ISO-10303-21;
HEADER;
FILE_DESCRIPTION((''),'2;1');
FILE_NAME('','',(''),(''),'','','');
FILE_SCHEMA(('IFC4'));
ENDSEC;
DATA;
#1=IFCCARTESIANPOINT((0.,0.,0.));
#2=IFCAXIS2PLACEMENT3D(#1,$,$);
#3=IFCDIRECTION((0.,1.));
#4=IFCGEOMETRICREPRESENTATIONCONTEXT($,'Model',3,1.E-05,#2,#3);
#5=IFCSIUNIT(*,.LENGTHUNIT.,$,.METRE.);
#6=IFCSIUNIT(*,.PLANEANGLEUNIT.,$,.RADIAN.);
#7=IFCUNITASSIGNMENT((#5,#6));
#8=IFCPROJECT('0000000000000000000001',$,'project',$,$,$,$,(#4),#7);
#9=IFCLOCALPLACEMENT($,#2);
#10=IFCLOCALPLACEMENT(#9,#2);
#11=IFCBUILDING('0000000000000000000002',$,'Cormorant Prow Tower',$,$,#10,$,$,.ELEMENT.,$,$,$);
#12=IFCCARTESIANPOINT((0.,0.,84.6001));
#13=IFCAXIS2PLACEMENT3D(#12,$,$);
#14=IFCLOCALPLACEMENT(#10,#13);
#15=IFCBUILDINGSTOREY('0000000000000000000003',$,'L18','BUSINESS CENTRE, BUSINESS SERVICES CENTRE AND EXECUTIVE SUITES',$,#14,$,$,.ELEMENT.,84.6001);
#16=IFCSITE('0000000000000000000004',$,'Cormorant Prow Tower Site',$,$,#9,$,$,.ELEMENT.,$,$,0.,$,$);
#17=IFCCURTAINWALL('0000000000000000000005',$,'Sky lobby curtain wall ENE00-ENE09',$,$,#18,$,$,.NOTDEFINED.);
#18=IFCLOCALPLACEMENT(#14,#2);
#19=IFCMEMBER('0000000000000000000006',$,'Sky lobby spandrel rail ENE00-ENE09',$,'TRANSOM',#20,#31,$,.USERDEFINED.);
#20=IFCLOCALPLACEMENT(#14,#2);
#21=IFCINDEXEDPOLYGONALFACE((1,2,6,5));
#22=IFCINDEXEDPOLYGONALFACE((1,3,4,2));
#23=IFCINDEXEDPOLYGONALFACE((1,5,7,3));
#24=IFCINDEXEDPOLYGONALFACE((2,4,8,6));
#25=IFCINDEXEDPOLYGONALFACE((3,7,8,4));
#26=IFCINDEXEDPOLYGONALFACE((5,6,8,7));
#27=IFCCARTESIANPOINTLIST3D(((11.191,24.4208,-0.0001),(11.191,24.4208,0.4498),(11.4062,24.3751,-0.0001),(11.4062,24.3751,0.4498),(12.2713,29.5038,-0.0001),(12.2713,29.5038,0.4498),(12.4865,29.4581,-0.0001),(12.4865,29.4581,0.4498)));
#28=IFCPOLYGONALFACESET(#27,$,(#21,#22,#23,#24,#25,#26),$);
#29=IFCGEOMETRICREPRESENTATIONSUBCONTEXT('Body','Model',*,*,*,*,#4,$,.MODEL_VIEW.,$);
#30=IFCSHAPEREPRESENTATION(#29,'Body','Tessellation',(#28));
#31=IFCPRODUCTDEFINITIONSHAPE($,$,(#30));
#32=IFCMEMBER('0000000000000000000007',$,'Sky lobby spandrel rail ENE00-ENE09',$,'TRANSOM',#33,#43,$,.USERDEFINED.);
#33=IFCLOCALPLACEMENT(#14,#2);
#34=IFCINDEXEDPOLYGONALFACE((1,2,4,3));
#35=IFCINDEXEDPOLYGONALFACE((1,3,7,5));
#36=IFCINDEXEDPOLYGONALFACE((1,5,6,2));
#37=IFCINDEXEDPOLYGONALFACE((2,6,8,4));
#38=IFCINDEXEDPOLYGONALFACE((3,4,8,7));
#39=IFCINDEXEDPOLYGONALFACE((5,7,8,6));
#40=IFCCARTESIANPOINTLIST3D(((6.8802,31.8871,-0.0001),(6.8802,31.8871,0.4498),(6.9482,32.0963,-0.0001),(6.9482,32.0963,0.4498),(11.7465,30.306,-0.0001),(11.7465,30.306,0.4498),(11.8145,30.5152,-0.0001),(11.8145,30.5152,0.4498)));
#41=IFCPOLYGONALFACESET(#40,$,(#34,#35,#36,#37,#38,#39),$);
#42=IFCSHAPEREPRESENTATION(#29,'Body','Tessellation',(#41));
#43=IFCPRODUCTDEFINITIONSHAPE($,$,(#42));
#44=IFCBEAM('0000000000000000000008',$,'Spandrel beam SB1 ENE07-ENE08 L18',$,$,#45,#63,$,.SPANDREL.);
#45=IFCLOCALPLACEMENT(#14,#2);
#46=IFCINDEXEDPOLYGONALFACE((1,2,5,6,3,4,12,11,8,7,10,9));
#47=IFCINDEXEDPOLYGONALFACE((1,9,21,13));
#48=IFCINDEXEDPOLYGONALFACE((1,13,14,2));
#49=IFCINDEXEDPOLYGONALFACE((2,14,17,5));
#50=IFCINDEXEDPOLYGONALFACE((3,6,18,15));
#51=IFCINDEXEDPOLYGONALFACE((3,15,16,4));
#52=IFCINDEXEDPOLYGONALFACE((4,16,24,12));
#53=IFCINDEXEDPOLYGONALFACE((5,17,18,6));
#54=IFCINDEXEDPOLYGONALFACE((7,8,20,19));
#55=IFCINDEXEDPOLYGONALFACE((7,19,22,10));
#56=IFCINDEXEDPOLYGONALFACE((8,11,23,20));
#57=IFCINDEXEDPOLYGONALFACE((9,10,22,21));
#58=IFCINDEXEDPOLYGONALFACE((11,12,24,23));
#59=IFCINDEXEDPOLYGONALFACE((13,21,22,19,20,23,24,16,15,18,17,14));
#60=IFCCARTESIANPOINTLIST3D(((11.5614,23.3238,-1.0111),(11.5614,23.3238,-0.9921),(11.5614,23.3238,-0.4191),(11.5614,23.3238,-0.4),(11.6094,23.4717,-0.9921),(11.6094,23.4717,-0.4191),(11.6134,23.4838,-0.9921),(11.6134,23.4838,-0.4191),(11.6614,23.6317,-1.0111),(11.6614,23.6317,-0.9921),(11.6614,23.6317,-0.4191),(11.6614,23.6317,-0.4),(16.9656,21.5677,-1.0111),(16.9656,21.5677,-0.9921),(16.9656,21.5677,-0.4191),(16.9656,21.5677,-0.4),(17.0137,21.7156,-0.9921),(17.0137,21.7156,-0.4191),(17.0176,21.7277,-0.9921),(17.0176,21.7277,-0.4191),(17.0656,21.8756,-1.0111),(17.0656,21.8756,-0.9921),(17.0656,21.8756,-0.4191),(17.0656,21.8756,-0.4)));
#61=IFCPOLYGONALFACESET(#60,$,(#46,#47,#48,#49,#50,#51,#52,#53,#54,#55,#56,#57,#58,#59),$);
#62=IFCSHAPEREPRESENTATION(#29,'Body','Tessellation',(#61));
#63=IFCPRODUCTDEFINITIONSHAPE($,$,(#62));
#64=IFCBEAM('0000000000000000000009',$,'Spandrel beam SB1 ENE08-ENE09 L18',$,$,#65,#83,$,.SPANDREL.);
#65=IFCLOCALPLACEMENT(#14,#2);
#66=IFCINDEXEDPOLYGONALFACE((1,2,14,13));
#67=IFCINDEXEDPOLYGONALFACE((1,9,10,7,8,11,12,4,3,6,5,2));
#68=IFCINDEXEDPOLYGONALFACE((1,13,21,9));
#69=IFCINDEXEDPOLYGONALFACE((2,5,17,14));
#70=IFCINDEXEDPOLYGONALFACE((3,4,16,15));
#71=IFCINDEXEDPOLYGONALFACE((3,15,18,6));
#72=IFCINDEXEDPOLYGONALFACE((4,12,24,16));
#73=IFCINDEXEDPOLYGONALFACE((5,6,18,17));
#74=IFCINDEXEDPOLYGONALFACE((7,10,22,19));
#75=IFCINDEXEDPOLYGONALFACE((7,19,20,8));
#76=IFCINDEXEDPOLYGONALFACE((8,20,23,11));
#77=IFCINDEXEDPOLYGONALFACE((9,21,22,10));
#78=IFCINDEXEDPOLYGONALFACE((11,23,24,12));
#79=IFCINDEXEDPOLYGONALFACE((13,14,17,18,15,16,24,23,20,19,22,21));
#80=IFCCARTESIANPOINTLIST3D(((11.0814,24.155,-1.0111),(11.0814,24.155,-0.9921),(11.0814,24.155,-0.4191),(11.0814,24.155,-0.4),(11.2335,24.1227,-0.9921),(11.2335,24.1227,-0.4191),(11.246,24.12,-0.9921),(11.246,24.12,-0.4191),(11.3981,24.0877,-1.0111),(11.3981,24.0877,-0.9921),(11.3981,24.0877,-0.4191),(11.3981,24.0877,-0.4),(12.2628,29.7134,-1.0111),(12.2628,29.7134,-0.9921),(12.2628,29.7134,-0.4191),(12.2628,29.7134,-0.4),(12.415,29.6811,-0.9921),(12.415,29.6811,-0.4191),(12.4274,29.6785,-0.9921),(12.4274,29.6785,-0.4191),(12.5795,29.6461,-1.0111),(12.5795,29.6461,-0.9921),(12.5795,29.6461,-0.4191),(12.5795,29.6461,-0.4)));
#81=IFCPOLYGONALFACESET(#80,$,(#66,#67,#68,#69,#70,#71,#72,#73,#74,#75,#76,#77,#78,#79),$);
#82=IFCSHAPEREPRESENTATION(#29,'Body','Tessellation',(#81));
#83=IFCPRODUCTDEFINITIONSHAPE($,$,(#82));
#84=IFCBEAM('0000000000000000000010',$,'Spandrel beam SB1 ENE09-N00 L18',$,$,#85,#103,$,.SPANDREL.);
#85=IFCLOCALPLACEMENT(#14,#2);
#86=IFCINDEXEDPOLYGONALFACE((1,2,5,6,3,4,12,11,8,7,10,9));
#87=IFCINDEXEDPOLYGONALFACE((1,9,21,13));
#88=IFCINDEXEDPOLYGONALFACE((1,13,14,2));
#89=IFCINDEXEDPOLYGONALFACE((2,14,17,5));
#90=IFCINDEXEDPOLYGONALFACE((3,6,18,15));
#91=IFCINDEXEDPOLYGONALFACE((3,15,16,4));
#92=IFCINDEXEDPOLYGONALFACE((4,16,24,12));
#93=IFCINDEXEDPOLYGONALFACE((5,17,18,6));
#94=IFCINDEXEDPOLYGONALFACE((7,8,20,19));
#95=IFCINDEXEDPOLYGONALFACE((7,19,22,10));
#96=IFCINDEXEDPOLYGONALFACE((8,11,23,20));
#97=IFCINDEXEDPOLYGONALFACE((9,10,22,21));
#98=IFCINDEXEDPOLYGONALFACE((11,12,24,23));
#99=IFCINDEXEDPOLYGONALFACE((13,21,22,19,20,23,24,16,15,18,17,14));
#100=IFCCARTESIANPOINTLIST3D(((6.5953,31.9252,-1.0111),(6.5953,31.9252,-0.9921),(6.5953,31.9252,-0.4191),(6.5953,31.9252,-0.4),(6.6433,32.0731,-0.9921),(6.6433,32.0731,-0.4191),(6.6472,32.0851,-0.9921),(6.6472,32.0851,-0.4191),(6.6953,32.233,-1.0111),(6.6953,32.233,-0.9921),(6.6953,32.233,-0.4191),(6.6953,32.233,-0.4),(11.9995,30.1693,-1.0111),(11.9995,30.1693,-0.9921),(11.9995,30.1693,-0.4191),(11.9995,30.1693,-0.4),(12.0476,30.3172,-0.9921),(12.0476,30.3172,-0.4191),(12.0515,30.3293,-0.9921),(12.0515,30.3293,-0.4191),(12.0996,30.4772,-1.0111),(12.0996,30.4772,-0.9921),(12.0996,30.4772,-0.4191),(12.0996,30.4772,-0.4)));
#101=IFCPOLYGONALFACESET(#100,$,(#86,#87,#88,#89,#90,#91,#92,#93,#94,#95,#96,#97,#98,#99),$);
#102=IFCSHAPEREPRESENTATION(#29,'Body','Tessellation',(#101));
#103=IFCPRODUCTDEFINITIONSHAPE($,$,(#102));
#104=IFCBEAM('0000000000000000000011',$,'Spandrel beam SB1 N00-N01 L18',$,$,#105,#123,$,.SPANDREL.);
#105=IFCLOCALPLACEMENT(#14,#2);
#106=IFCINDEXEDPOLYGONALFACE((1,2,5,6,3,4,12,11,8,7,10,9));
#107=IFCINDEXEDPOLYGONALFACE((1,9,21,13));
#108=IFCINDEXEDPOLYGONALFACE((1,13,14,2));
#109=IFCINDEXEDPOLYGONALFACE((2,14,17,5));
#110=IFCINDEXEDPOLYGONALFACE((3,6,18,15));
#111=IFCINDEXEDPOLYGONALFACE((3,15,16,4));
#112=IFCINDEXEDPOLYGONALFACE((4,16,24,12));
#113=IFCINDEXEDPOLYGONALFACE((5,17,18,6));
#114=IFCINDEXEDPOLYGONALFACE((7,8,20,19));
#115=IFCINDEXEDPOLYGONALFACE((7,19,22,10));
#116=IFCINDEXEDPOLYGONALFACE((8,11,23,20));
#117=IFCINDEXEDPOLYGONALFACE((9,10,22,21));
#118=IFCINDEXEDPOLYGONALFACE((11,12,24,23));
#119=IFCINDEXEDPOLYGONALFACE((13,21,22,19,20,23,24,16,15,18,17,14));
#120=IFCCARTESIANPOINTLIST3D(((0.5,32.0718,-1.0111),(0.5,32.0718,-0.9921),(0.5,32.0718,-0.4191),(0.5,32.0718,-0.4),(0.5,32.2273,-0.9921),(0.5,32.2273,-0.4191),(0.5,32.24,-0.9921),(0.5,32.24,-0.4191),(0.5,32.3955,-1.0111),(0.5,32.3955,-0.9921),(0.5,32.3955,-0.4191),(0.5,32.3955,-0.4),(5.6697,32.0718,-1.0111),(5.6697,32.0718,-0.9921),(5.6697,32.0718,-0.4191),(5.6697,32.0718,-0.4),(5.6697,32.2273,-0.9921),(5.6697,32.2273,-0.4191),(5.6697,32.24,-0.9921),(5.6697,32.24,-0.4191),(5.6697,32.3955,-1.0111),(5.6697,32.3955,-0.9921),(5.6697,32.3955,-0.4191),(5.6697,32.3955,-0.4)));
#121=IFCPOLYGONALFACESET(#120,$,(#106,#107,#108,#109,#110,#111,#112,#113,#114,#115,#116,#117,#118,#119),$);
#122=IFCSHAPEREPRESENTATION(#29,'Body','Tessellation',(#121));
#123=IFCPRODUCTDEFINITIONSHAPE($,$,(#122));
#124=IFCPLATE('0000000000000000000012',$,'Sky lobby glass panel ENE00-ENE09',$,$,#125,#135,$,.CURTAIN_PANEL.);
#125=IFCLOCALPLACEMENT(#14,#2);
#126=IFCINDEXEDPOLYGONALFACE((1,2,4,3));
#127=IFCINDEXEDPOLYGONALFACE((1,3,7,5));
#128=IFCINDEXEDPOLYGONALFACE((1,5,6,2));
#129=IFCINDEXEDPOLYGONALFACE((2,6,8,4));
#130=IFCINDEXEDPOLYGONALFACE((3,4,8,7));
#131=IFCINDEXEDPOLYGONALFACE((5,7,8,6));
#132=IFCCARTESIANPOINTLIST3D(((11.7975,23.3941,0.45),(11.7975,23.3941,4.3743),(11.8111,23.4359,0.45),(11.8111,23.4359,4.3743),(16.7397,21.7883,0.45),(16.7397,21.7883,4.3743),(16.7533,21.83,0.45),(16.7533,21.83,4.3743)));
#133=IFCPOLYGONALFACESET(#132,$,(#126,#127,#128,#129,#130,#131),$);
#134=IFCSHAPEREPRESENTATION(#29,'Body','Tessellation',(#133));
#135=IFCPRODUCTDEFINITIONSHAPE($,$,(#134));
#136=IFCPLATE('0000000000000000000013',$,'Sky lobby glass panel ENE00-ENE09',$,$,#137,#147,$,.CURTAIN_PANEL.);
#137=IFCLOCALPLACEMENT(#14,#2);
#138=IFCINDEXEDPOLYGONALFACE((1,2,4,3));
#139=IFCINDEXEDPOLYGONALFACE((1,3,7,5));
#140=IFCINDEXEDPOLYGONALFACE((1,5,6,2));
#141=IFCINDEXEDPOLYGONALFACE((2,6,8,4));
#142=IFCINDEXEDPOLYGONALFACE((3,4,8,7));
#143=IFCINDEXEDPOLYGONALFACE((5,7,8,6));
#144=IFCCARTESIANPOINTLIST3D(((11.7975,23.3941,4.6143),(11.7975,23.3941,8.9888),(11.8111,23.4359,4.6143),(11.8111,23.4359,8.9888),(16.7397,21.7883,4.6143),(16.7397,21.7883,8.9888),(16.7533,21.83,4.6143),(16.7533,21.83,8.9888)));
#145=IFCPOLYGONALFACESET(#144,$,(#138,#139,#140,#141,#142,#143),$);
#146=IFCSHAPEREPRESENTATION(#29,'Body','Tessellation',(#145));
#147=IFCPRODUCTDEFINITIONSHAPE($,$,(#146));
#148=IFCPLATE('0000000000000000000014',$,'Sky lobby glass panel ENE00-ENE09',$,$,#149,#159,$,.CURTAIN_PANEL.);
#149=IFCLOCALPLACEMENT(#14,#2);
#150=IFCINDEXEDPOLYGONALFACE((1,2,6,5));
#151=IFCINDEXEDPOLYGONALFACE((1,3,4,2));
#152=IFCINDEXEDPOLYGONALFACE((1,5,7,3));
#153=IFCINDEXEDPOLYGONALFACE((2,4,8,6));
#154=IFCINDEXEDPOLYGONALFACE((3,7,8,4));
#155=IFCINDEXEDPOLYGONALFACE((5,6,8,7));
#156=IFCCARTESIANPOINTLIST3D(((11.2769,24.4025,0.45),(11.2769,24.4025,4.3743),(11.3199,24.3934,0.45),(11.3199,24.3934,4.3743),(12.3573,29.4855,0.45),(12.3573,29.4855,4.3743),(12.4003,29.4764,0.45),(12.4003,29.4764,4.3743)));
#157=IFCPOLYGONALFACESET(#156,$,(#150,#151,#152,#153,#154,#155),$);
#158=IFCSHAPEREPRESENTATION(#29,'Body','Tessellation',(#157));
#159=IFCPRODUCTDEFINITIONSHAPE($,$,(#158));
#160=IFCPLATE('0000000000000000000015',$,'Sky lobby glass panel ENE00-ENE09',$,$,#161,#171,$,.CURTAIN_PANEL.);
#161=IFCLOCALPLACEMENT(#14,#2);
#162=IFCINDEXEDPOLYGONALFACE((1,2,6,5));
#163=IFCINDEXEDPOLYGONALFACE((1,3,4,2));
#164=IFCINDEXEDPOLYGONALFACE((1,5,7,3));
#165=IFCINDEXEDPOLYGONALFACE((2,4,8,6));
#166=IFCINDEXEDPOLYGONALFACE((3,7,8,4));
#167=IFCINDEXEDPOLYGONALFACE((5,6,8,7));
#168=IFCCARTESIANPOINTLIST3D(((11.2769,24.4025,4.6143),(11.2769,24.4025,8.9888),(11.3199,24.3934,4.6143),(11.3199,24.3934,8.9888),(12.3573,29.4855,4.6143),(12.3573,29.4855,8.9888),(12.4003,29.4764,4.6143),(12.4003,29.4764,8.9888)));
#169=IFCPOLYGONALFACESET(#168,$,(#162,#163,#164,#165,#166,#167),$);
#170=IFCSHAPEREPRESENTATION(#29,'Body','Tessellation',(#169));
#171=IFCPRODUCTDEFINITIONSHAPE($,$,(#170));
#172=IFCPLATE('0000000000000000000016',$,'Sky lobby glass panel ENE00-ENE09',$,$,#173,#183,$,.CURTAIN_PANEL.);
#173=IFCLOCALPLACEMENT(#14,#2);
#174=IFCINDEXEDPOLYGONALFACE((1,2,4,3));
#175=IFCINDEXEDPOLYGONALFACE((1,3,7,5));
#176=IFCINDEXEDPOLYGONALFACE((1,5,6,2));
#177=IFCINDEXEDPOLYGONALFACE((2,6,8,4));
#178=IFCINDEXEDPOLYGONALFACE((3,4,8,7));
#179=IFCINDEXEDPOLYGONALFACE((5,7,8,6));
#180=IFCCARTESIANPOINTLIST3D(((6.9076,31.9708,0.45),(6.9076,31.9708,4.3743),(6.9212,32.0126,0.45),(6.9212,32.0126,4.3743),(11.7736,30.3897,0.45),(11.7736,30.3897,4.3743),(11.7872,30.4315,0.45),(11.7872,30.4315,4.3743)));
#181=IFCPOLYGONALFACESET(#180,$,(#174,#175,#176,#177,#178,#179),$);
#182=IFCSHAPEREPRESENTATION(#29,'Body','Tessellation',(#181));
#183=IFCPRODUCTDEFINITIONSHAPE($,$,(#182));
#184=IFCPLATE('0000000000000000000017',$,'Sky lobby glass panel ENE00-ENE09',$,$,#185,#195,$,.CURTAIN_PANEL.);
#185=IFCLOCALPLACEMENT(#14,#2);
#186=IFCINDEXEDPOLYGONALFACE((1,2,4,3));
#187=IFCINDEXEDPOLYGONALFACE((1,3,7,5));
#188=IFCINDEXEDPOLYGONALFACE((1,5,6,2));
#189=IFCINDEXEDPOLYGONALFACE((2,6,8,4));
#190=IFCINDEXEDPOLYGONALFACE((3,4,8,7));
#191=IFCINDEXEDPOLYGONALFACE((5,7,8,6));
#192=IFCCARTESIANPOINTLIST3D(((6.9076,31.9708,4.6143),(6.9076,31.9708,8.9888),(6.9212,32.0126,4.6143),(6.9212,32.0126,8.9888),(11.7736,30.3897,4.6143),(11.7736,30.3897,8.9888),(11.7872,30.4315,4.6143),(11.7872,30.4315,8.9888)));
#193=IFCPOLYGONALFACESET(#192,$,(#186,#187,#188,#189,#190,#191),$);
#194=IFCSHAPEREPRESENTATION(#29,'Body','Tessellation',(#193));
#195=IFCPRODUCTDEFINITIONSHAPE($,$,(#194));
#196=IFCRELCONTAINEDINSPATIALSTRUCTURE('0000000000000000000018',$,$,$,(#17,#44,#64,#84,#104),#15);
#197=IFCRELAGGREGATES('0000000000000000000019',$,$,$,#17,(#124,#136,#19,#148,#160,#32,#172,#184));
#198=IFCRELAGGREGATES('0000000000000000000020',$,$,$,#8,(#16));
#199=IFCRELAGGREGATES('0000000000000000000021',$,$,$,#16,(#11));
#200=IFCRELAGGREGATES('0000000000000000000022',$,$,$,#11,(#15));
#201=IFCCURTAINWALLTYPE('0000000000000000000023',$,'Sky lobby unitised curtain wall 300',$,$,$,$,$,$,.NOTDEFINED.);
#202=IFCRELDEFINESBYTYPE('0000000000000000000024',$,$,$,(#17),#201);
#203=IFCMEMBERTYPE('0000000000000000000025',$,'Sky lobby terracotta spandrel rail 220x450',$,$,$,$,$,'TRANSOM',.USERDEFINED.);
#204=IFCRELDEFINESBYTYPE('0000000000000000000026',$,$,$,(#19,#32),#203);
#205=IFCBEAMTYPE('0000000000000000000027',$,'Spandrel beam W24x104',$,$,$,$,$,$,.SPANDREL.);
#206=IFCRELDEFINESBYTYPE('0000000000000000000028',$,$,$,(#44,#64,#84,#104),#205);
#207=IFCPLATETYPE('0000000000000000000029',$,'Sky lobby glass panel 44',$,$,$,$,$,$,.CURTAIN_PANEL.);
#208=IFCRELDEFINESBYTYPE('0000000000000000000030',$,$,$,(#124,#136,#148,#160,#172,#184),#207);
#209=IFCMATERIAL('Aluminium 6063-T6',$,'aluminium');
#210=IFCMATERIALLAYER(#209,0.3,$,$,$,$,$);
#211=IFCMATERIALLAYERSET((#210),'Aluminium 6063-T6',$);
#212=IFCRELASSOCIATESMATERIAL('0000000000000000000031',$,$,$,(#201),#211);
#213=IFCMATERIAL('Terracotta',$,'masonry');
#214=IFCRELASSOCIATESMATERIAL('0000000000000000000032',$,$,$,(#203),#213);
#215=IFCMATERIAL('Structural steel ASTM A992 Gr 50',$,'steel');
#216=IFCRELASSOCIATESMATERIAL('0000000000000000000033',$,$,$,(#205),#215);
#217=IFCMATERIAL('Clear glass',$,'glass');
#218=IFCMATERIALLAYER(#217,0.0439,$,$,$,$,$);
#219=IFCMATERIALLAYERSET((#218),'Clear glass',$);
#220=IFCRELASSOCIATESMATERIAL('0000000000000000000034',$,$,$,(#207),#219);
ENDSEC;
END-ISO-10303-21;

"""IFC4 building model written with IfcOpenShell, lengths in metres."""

from ifc_helpers import new_model, si_unit, direction, frame, origin, origin_2d, place, context, subcontext, project, spatial, rectangle, i_section, extrude, material, layer, layer_set, material_profile, profile_set, type_object, element, aggregate, save


model = new_model("IFC4")

# Units and contexts
model_context = context("Model", 3, precision=1e-05, world=origin(), true_north=direction((0.0, 1.0)))
body_context = subcontext(model_context, "Body", "Model", "MODEL_VIEW")
ifc_project = project(units=[si_unit("LENGTHUNIT", "METRE"), si_unit("PLANEANGLEUNIT", "RADIAN")], contexts=[model_context])

# Site, building, storey
site_placement = place(None, origin())
site = spatial("IfcSite", under=ifc_project, at=site_placement, Name="Cormorant Prow Tower Site", CompositionType="ELEMENT", RefElevation=0.0)
building_placement = place(site_placement, origin())
building = spatial("IfcBuilding", under=site, at=building_placement, Name="Cormorant Prow Tower", CompositionType="ELEMENT")
storey_placement = place(building_placement, frame((0.0, 0.0, 84.6001)))
storey = spatial("IfcBuildingStorey", under=building, at=storey_placement, Name="L18", Description="BUSINESS CENTRE, BUSINESS SERVICES CENTRE AND EXECUTIVE SUITES", CompositionType="ELEMENT", Elevation=84.6001)

# Curtain wall, members
ifc_material_1 = material(Name="Aluminium 6063-T6", Category="aluminium")
ifc_layer_1 = layer(ifc_material_1, 0.3)
ifc_layer_set_1 = layer_set([ifc_layer_1], Name="Aluminium 6063-T6")
curtain_wall_type = type_object("IfcCurtainWallType", Name="Sky lobby unitised curtain wall 300", PredefinedType="NOTDEFINED", material=ifc_layer_set_1)
curtain_wall_placement = place(storey_placement, origin())
curtain_wall = element("IfcCurtainWall", 1, at=curtain_wall_placement, inside=storey, type_object=curtain_wall_type, Name="Sky lobby curtain wall ENE00-ENE09", PredefinedType="NOTDEFINED")
ifc_material_2 = material(Name="Terracotta", Category="masonry")
ifc_material_profile_1 = material_profile(ifc_material_2, rectangle(XDim=0.22, YDim=0.45, at=origin_2d()), Name="Sky lobby terracotta spandrel rail 220x450")
ifc_profile_set_1 = profile_set([ifc_material_profile_1], Name="Terracotta")
member_type_1 = type_object("IfcMemberType", Name="Sky lobby terracotta spandrel rail 220x450", ElementType="TRANSOM", PredefinedType="USERDEFINED", material=ifc_profile_set_1)
member_1_placement = place(storey_placement, frame((11.2986, 24.3979, 0.2249), z_axis=(0.207892, 0.978152, 0.0), x_axis=(-0.978152, 0.207892, 0.0)))
member_1 = element("IfcMember", 2, at=member_1_placement, type_object=member_type_1, Name="Sky lobby spandrel rail ENE00-ENE09", ObjectType="TRANSOM", PredefinedType="USERDEFINED", context=body_context, shape_type="SweptSolid", body=[
    extrude(rectangle(XDim=0.22, YDim=0.45, at=origin_2d()), origin(), (0.0, 0.0, 1.0), 5.1965),
])
member_2_placement = place(storey_placement, frame((11.7805, 30.4106, 0.2249), z_axis=(-0.951061, 0.309004, 0.0), x_axis=(-0.309004, -0.951061, 0.0)))
member_2 = element("IfcMember", 3, at=member_2_placement, type_object=member_type_1, Name="Sky lobby spandrel rail ENE00-ENE09", ObjectType="TRANSOM", PredefinedType="USERDEFINED", context=body_context, shape_type="SweptSolid", body=[
    extrude(rectangle(XDim=0.22, YDim=0.45, at=origin_2d()), origin(), (0.0, 0.0, 1.0), 5.1167),
])

# Beams
ifc_material_3 = material(Name="Structural steel ASTM A992 Gr 50", Category="steel")
ifc_material_profile_2 = material_profile(ifc_material_3, i_section(OverallWidth=0.3237, OverallDepth=0.6111, WebThickness=0.0127, FlangeThickness=0.019, at=origin_2d()), Name="W24x104")
ifc_profile_set_2 = profile_set([ifc_material_profile_2], Name="Structural steel ASTM A992 Gr 50")
beam_type = type_object("IfcBeamType", Name="Spandrel beam W24x104", PredefinedType="SPANDREL", material=ifc_profile_set_2)
beam_1_placement = place(storey_placement, frame((17.0156, 21.7217, -0.7056), z_axis=(-0.951049, 0.309039, 0.0), x_axis=(-0.309039, -0.951049, 0.0)))
element("IfcBeam", 4, at=beam_1_placement, inside=storey, type_object=beam_type, Name="Spandrel beam SB1 ENE07-ENE08 L18", PredefinedType="SPANDREL", context=body_context, shape_type="SweptSolid", body=[
    extrude(i_section(OverallWidth=0.3237, OverallDepth=0.6111, WebThickness=0.0127, FlangeThickness=0.019, at=origin_2d()), origin(), (0.0, 0.0, 1.0), 5.6824),
])
beam_2_placement = place(storey_placement, frame((11.2397, 24.1213, -0.7056), z_axis=(0.2079, 0.97815, 0.0), x_axis=(-0.97815, 0.2079, 0.0)))
element("IfcBeam", 5, at=beam_2_placement, inside=storey, type_object=beam_type, Name="Spandrel beam SB1 ENE08-ENE09 L18", PredefinedType="SPANDREL", context=body_context, shape_type="SweptSolid", body=[
    extrude(i_section(OverallWidth=0.3237, OverallDepth=0.6111, WebThickness=0.0127, FlangeThickness=0.019, at=origin_2d()), origin(), (0.0, 0.0, 1.0), 5.6826),
])
beam_3_placement = place(storey_placement, frame((12.0496, 30.3232, -0.7056), z_axis=(-0.951062, 0.309001, 0.0), x_axis=(-0.309001, -0.951062, 0.0)))
element("IfcBeam", 6, at=beam_3_placement, inside=storey, type_object=beam_type, Name="Spandrel beam SB1 ENE09-N00 L18", PredefinedType="SPANDREL", context=body_context, shape_type="SweptSolid", body=[
    extrude(i_section(OverallWidth=0.3237, OverallDepth=0.6111, WebThickness=0.0127, FlangeThickness=0.019, at=origin_2d()), origin(), (0.0, 0.0, 1.0), 5.6824),
])
beam_4_placement = place(storey_placement, frame((5.6697, 32.2336, -0.7056), z_axis=(-1.0, 0.0, 0.0), x_axis=(0.0, -1.0, 0.0)))
element("IfcBeam", 7, at=beam_4_placement, inside=storey, type_object=beam_type, Name="Spandrel beam SB1 N00-N01 L18", PredefinedType="SPANDREL", context=body_context, shape_type="SweptSolid", body=[
    extrude(i_section(OverallWidth=0.3237, OverallDepth=0.6111, WebThickness=0.0127, FlangeThickness=0.019, at=origin_2d()), origin(), (0.0, 0.0, 1.0), 5.1697),
])

# Plates
ifc_material_4 = material(Name="Clear glass", Category="glass")
ifc_layer_2 = layer(ifc_material_4, 0.0439)
ifc_layer_set_2 = layer_set([ifc_layer_2], Name="Clear glass")
plate_type = type_object("IfcPlateType", Name="Sky lobby glass panel 44", PredefinedType="CURTAIN_PANEL", material=ifc_layer_set_2)
plate_1_placement = place(storey_placement, frame((14.2754, 22.6121, 0.45), z_axis=(0.0, 0.0, 1.0), x_axis=(-0.951057, 0.309017, 0.0)))
plate_1 = element("IfcPlate", 8, at=plate_1_placement, type_object=plate_type, Name="Sky lobby glass panel ENE00-ENE09", PredefinedType="CURTAIN_PANEL", context=body_context, shape_type="SweptSolid", body=[
    extrude(rectangle(XDim=5.1965, YDim=0.0439, at=origin_2d()), origin(), (0.0, 0.0, 1.0), 3.9243),
])
plate_2_placement = place(storey_placement, frame((14.2754, 22.6121, 4.6143), z_axis=(0.0, 0.0, 1.0), x_axis=(-0.951057, 0.309017, 0.0)))
plate_2 = element("IfcPlate", 9, at=plate_2_placement, type_object=plate_type, Name="Sky lobby glass panel ENE00-ENE09", PredefinedType="CURTAIN_PANEL", context=body_context, shape_type="SweptSolid", body=[
    extrude(rectangle(XDim=5.1965, YDim=0.0439, at=origin_2d()), origin(), (0.0, 0.0, 1.0), 4.3745),
])
plate_3_placement = place(storey_placement, frame((11.8386, 26.9395, 0.45), z_axis=(0.0, 0.0, 1.0), x_axis=(0.207912, 0.978148, 0.0)))
plate_3 = element("IfcPlate", 10, at=plate_3_placement, type_object=plate_type, Name="Sky lobby glass panel ENE00-ENE09", PredefinedType="CURTAIN_PANEL", context=body_context, shape_type="SweptSolid", body=[
    extrude(rectangle(XDim=5.1965, YDim=0.0439, at=origin_2d()), origin(), (0.0, 0.0, 1.0), 3.9243),
])
plate_4_placement = place(storey_placement, frame((11.8386, 26.9395, 4.6143), z_axis=(0.0, 0.0, 1.0), x_axis=(0.207912, 0.978148, 0.0)))
plate_4 = element("IfcPlate", 11, at=plate_4_placement, type_object=plate_type, Name="Sky lobby glass panel ENE00-ENE09", PredefinedType="CURTAIN_PANEL", context=body_context, shape_type="SweptSolid", body=[
    extrude(rectangle(XDim=5.1965, YDim=0.0439, at=origin_2d()), origin(), (0.0, 0.0, 1.0), 4.3745),
])
plate_5_placement = place(storey_placement, frame((9.3474, 31.2012, 0.45), z_axis=(0.0, 0.0, 1.0), x_axis=(-0.951057, 0.309017, 0.0)))
plate_5 = element("IfcPlate", 12, at=plate_5_placement, type_object=plate_type, Name="Sky lobby glass panel ENE00-ENE09", PredefinedType="CURTAIN_PANEL", context=body_context, shape_type="SweptSolid", body=[
    extrude(rectangle(XDim=5.1165, YDim=0.0439, at=origin_2d()), origin(), (0.0, 0.0, 1.0), 3.9243),
])
plate_6_placement = place(storey_placement, frame((9.3474, 31.2012, 4.6143), z_axis=(0.0, 0.0, 1.0), x_axis=(-0.951057, 0.309017, 0.0)))
plate_6 = element("IfcPlate", 13, at=plate_6_placement, type_object=plate_type, Name="Sky lobby glass panel ENE00-ENE09", PredefinedType="CURTAIN_PANEL", context=body_context, shape_type="SweptSolid", body=[
    extrude(rectangle(XDim=5.1165, YDim=0.0439, at=origin_2d()), origin(), (0.0, 0.0, 1.0), 4.3745),
])
aggregate(curtain_wall, [plate_1, plate_2, member_1, plate_3, plate_4, member_2, plate_5, plate_6])

save(model, "model.ifc")
